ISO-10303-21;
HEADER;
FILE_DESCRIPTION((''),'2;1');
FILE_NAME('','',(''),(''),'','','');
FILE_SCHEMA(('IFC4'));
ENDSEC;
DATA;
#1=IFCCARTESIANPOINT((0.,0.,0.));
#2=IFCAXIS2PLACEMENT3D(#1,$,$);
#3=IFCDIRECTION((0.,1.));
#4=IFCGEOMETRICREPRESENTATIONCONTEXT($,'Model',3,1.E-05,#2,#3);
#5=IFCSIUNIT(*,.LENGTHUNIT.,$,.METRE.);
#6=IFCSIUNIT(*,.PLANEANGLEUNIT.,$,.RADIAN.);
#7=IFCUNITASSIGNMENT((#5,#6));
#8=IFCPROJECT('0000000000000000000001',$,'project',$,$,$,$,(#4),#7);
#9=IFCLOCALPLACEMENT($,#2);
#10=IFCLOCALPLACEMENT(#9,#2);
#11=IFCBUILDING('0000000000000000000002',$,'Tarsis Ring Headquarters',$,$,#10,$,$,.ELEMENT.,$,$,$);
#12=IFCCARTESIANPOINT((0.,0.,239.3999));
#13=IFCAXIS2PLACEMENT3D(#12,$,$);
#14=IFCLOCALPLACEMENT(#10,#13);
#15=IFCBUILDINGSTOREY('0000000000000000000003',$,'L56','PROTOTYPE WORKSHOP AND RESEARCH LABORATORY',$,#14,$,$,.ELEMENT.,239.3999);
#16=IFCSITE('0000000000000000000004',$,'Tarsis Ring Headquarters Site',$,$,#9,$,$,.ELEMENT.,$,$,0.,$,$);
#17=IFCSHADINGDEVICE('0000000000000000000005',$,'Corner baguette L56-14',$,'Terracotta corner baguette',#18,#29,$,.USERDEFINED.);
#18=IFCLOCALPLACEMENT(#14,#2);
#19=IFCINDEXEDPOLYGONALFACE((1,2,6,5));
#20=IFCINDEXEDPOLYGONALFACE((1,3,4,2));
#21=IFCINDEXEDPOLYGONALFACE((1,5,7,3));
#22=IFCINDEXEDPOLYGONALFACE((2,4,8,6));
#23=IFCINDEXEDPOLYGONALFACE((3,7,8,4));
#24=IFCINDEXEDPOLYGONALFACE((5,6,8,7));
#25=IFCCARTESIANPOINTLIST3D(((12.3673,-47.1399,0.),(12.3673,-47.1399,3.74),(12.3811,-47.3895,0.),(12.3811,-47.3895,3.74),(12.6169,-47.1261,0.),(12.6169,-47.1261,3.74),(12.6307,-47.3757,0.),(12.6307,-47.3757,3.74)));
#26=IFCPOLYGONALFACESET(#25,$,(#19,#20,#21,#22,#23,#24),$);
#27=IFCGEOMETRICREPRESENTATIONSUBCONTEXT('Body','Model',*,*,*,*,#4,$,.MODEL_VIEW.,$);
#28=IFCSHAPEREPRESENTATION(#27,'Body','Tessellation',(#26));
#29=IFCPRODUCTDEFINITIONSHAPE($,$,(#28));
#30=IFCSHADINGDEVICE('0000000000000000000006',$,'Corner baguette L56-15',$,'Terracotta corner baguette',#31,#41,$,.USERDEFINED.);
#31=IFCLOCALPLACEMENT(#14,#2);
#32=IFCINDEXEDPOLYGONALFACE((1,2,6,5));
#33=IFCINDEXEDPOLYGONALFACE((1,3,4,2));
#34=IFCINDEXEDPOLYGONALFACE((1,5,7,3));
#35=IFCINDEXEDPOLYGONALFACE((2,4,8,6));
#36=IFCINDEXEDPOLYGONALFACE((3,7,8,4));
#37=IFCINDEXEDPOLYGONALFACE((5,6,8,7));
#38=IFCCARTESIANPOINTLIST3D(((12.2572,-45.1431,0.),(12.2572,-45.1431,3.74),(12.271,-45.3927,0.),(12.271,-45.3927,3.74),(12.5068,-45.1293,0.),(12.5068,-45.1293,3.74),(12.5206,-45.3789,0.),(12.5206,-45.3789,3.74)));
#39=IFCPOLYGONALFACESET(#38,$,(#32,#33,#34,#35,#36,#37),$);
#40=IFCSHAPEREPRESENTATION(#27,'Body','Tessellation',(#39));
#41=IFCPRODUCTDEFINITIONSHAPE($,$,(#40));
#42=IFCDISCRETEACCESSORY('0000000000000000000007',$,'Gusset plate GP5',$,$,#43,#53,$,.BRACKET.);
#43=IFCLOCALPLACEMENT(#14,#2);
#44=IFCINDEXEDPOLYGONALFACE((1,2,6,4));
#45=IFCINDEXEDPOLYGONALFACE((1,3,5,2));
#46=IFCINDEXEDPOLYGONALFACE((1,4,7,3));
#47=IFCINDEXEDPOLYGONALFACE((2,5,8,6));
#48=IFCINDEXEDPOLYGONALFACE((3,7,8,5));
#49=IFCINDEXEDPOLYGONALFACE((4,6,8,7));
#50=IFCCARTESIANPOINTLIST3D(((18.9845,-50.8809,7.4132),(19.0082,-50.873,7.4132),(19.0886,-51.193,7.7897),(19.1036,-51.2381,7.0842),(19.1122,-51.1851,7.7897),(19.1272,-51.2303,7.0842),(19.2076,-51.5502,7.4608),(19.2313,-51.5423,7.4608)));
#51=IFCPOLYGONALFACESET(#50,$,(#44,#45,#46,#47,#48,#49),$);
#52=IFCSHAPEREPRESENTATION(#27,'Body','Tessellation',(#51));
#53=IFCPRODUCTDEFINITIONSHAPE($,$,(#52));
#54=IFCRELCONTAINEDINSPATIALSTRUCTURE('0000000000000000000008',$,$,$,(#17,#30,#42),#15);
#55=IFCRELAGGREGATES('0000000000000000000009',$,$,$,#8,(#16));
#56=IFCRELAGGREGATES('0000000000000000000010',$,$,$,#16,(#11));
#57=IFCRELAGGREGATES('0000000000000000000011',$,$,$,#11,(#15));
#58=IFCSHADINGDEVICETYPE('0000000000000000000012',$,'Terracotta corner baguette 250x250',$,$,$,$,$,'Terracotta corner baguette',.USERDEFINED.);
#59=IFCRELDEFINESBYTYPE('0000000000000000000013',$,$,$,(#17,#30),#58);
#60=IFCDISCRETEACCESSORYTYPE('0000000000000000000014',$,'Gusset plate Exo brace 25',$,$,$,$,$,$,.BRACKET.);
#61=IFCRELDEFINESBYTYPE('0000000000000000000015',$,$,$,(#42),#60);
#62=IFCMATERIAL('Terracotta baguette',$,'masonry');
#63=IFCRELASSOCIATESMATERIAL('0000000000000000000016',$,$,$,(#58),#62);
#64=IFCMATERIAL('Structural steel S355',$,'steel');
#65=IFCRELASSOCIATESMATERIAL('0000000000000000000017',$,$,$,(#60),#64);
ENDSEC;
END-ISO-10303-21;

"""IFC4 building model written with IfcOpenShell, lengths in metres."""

from ifc_helpers import new_model, si_unit, direction, frame, origin, origin_2d, place, context, subcontext, project, spatial, rectangle, extrude, material, material_profile, profile_set, type_object, element, save


model = new_model("IFC4")

# Units and contexts
model_context = context("Model", 3, precision=1e-05, world=origin(), true_north=direction((0.0, 1.0)))
body_context = subcontext(model_context, "Body", "Model", "MODEL_VIEW")
ifc_project = project(units=[si_unit("LENGTHUNIT", "METRE"), si_unit("PLANEANGLEUNIT", "RADIAN")], contexts=[model_context])

# Site, building, storey
site_placement = place(None, origin())
site = spatial("IfcSite", under=ifc_project, at=site_placement, Name="Tarsis Ring Headquarters Site", CompositionType="ELEMENT", RefElevation=0.0)
building_placement = place(site_placement, origin())
building = spatial("IfcBuilding", under=site, at=building_placement, Name="Tarsis Ring Headquarters", CompositionType="ELEMENT")
storey_placement = place(building_placement, frame((0.0, 0.0, 239.3999)))
storey = spatial("IfcBuildingStorey", under=building, at=storey_placement, Name="L56", Description="PROTOTYPE WORKSHOP AND RESEARCH LABORATORY", CompositionType="ELEMENT", Elevation=239.3999)

# Shared definitions
ifc_material_1 = material(Name="Structural steel S355", Category="steel")

# Shading devices
ifc_material_2 = material(Name="Terracotta baguette", Category="masonry")
shading_device_type_1 = type_object("IfcShadingDeviceType", Name="Terracotta corner baguette 250x250", ElementType="Terracotta corner baguette", PredefinedType="USERDEFINED", material=ifc_material_2)
for number, where, z_axis, x_axis, name in (
    (1, (12.499, -47.2578, 0.0), (0.0, 0.0, 1.0), (0.998479, 0.055124, 0.0), "Corner baguette L56-14"),
    (2, (12.3889, -45.261, 0.0), (0.0, 0.0, 1.0), (-0.055125, 0.998479, 0.0), "Corner baguette L56-15"),
):
    element("IfcShadingDevice", number, at=place(storey_placement, frame(where, z_axis=z_axis, x_axis=x_axis)), inside=storey, type_object=shading_device_type_1, Name=name, ObjectType="Terracotta corner baguette", PredefinedType="USERDEFINED", context=body_context, shape_type="SweptSolid", body=[
        extrude(rectangle(XDim=0.25, YDim=0.25, at=origin_2d()), origin(), (0.0, 0.0, 1.0), 3.74),
    ])

# Discrete accessory
ifc_material_profile_1 = material_profile(ifc_material_1, rectangle(XDim=0.0249, YDim=0.5, at=origin_2d()), Name="PL 25x500")
ifc_profile_set_1 = profile_set([ifc_material_profile_1], Name="Structural steel S355")
discrete_accessory_type = type_object("IfcDiscreteAccessoryType", Name="Gusset plate Exo brace 25", PredefinedType="BRACKET", material=ifc_profile_set_1)
discrete_accessory_placement = place(storey_placement, frame((19.1599, -51.3677, 7.6252), z_axis=(-0.208052, 0.624156, -0.75309), x_axis=(-0.948683, -0.316228, 0.0)))
element("IfcDiscreteAccessory", 3, at=discrete_accessory_placement, inside=storey, type_object=discrete_accessory_type, Name="Gusset plate GP5", PredefinedType="BRACKET", context=body_context, shape_type="SweptSolid", body=[
    extrude(rectangle(XDim=0.0249, YDim=0.5, at=origin_2d()), origin(), (0.0, 0.0, 1.0), 0.5),
])

save(model, "model.ifc")
